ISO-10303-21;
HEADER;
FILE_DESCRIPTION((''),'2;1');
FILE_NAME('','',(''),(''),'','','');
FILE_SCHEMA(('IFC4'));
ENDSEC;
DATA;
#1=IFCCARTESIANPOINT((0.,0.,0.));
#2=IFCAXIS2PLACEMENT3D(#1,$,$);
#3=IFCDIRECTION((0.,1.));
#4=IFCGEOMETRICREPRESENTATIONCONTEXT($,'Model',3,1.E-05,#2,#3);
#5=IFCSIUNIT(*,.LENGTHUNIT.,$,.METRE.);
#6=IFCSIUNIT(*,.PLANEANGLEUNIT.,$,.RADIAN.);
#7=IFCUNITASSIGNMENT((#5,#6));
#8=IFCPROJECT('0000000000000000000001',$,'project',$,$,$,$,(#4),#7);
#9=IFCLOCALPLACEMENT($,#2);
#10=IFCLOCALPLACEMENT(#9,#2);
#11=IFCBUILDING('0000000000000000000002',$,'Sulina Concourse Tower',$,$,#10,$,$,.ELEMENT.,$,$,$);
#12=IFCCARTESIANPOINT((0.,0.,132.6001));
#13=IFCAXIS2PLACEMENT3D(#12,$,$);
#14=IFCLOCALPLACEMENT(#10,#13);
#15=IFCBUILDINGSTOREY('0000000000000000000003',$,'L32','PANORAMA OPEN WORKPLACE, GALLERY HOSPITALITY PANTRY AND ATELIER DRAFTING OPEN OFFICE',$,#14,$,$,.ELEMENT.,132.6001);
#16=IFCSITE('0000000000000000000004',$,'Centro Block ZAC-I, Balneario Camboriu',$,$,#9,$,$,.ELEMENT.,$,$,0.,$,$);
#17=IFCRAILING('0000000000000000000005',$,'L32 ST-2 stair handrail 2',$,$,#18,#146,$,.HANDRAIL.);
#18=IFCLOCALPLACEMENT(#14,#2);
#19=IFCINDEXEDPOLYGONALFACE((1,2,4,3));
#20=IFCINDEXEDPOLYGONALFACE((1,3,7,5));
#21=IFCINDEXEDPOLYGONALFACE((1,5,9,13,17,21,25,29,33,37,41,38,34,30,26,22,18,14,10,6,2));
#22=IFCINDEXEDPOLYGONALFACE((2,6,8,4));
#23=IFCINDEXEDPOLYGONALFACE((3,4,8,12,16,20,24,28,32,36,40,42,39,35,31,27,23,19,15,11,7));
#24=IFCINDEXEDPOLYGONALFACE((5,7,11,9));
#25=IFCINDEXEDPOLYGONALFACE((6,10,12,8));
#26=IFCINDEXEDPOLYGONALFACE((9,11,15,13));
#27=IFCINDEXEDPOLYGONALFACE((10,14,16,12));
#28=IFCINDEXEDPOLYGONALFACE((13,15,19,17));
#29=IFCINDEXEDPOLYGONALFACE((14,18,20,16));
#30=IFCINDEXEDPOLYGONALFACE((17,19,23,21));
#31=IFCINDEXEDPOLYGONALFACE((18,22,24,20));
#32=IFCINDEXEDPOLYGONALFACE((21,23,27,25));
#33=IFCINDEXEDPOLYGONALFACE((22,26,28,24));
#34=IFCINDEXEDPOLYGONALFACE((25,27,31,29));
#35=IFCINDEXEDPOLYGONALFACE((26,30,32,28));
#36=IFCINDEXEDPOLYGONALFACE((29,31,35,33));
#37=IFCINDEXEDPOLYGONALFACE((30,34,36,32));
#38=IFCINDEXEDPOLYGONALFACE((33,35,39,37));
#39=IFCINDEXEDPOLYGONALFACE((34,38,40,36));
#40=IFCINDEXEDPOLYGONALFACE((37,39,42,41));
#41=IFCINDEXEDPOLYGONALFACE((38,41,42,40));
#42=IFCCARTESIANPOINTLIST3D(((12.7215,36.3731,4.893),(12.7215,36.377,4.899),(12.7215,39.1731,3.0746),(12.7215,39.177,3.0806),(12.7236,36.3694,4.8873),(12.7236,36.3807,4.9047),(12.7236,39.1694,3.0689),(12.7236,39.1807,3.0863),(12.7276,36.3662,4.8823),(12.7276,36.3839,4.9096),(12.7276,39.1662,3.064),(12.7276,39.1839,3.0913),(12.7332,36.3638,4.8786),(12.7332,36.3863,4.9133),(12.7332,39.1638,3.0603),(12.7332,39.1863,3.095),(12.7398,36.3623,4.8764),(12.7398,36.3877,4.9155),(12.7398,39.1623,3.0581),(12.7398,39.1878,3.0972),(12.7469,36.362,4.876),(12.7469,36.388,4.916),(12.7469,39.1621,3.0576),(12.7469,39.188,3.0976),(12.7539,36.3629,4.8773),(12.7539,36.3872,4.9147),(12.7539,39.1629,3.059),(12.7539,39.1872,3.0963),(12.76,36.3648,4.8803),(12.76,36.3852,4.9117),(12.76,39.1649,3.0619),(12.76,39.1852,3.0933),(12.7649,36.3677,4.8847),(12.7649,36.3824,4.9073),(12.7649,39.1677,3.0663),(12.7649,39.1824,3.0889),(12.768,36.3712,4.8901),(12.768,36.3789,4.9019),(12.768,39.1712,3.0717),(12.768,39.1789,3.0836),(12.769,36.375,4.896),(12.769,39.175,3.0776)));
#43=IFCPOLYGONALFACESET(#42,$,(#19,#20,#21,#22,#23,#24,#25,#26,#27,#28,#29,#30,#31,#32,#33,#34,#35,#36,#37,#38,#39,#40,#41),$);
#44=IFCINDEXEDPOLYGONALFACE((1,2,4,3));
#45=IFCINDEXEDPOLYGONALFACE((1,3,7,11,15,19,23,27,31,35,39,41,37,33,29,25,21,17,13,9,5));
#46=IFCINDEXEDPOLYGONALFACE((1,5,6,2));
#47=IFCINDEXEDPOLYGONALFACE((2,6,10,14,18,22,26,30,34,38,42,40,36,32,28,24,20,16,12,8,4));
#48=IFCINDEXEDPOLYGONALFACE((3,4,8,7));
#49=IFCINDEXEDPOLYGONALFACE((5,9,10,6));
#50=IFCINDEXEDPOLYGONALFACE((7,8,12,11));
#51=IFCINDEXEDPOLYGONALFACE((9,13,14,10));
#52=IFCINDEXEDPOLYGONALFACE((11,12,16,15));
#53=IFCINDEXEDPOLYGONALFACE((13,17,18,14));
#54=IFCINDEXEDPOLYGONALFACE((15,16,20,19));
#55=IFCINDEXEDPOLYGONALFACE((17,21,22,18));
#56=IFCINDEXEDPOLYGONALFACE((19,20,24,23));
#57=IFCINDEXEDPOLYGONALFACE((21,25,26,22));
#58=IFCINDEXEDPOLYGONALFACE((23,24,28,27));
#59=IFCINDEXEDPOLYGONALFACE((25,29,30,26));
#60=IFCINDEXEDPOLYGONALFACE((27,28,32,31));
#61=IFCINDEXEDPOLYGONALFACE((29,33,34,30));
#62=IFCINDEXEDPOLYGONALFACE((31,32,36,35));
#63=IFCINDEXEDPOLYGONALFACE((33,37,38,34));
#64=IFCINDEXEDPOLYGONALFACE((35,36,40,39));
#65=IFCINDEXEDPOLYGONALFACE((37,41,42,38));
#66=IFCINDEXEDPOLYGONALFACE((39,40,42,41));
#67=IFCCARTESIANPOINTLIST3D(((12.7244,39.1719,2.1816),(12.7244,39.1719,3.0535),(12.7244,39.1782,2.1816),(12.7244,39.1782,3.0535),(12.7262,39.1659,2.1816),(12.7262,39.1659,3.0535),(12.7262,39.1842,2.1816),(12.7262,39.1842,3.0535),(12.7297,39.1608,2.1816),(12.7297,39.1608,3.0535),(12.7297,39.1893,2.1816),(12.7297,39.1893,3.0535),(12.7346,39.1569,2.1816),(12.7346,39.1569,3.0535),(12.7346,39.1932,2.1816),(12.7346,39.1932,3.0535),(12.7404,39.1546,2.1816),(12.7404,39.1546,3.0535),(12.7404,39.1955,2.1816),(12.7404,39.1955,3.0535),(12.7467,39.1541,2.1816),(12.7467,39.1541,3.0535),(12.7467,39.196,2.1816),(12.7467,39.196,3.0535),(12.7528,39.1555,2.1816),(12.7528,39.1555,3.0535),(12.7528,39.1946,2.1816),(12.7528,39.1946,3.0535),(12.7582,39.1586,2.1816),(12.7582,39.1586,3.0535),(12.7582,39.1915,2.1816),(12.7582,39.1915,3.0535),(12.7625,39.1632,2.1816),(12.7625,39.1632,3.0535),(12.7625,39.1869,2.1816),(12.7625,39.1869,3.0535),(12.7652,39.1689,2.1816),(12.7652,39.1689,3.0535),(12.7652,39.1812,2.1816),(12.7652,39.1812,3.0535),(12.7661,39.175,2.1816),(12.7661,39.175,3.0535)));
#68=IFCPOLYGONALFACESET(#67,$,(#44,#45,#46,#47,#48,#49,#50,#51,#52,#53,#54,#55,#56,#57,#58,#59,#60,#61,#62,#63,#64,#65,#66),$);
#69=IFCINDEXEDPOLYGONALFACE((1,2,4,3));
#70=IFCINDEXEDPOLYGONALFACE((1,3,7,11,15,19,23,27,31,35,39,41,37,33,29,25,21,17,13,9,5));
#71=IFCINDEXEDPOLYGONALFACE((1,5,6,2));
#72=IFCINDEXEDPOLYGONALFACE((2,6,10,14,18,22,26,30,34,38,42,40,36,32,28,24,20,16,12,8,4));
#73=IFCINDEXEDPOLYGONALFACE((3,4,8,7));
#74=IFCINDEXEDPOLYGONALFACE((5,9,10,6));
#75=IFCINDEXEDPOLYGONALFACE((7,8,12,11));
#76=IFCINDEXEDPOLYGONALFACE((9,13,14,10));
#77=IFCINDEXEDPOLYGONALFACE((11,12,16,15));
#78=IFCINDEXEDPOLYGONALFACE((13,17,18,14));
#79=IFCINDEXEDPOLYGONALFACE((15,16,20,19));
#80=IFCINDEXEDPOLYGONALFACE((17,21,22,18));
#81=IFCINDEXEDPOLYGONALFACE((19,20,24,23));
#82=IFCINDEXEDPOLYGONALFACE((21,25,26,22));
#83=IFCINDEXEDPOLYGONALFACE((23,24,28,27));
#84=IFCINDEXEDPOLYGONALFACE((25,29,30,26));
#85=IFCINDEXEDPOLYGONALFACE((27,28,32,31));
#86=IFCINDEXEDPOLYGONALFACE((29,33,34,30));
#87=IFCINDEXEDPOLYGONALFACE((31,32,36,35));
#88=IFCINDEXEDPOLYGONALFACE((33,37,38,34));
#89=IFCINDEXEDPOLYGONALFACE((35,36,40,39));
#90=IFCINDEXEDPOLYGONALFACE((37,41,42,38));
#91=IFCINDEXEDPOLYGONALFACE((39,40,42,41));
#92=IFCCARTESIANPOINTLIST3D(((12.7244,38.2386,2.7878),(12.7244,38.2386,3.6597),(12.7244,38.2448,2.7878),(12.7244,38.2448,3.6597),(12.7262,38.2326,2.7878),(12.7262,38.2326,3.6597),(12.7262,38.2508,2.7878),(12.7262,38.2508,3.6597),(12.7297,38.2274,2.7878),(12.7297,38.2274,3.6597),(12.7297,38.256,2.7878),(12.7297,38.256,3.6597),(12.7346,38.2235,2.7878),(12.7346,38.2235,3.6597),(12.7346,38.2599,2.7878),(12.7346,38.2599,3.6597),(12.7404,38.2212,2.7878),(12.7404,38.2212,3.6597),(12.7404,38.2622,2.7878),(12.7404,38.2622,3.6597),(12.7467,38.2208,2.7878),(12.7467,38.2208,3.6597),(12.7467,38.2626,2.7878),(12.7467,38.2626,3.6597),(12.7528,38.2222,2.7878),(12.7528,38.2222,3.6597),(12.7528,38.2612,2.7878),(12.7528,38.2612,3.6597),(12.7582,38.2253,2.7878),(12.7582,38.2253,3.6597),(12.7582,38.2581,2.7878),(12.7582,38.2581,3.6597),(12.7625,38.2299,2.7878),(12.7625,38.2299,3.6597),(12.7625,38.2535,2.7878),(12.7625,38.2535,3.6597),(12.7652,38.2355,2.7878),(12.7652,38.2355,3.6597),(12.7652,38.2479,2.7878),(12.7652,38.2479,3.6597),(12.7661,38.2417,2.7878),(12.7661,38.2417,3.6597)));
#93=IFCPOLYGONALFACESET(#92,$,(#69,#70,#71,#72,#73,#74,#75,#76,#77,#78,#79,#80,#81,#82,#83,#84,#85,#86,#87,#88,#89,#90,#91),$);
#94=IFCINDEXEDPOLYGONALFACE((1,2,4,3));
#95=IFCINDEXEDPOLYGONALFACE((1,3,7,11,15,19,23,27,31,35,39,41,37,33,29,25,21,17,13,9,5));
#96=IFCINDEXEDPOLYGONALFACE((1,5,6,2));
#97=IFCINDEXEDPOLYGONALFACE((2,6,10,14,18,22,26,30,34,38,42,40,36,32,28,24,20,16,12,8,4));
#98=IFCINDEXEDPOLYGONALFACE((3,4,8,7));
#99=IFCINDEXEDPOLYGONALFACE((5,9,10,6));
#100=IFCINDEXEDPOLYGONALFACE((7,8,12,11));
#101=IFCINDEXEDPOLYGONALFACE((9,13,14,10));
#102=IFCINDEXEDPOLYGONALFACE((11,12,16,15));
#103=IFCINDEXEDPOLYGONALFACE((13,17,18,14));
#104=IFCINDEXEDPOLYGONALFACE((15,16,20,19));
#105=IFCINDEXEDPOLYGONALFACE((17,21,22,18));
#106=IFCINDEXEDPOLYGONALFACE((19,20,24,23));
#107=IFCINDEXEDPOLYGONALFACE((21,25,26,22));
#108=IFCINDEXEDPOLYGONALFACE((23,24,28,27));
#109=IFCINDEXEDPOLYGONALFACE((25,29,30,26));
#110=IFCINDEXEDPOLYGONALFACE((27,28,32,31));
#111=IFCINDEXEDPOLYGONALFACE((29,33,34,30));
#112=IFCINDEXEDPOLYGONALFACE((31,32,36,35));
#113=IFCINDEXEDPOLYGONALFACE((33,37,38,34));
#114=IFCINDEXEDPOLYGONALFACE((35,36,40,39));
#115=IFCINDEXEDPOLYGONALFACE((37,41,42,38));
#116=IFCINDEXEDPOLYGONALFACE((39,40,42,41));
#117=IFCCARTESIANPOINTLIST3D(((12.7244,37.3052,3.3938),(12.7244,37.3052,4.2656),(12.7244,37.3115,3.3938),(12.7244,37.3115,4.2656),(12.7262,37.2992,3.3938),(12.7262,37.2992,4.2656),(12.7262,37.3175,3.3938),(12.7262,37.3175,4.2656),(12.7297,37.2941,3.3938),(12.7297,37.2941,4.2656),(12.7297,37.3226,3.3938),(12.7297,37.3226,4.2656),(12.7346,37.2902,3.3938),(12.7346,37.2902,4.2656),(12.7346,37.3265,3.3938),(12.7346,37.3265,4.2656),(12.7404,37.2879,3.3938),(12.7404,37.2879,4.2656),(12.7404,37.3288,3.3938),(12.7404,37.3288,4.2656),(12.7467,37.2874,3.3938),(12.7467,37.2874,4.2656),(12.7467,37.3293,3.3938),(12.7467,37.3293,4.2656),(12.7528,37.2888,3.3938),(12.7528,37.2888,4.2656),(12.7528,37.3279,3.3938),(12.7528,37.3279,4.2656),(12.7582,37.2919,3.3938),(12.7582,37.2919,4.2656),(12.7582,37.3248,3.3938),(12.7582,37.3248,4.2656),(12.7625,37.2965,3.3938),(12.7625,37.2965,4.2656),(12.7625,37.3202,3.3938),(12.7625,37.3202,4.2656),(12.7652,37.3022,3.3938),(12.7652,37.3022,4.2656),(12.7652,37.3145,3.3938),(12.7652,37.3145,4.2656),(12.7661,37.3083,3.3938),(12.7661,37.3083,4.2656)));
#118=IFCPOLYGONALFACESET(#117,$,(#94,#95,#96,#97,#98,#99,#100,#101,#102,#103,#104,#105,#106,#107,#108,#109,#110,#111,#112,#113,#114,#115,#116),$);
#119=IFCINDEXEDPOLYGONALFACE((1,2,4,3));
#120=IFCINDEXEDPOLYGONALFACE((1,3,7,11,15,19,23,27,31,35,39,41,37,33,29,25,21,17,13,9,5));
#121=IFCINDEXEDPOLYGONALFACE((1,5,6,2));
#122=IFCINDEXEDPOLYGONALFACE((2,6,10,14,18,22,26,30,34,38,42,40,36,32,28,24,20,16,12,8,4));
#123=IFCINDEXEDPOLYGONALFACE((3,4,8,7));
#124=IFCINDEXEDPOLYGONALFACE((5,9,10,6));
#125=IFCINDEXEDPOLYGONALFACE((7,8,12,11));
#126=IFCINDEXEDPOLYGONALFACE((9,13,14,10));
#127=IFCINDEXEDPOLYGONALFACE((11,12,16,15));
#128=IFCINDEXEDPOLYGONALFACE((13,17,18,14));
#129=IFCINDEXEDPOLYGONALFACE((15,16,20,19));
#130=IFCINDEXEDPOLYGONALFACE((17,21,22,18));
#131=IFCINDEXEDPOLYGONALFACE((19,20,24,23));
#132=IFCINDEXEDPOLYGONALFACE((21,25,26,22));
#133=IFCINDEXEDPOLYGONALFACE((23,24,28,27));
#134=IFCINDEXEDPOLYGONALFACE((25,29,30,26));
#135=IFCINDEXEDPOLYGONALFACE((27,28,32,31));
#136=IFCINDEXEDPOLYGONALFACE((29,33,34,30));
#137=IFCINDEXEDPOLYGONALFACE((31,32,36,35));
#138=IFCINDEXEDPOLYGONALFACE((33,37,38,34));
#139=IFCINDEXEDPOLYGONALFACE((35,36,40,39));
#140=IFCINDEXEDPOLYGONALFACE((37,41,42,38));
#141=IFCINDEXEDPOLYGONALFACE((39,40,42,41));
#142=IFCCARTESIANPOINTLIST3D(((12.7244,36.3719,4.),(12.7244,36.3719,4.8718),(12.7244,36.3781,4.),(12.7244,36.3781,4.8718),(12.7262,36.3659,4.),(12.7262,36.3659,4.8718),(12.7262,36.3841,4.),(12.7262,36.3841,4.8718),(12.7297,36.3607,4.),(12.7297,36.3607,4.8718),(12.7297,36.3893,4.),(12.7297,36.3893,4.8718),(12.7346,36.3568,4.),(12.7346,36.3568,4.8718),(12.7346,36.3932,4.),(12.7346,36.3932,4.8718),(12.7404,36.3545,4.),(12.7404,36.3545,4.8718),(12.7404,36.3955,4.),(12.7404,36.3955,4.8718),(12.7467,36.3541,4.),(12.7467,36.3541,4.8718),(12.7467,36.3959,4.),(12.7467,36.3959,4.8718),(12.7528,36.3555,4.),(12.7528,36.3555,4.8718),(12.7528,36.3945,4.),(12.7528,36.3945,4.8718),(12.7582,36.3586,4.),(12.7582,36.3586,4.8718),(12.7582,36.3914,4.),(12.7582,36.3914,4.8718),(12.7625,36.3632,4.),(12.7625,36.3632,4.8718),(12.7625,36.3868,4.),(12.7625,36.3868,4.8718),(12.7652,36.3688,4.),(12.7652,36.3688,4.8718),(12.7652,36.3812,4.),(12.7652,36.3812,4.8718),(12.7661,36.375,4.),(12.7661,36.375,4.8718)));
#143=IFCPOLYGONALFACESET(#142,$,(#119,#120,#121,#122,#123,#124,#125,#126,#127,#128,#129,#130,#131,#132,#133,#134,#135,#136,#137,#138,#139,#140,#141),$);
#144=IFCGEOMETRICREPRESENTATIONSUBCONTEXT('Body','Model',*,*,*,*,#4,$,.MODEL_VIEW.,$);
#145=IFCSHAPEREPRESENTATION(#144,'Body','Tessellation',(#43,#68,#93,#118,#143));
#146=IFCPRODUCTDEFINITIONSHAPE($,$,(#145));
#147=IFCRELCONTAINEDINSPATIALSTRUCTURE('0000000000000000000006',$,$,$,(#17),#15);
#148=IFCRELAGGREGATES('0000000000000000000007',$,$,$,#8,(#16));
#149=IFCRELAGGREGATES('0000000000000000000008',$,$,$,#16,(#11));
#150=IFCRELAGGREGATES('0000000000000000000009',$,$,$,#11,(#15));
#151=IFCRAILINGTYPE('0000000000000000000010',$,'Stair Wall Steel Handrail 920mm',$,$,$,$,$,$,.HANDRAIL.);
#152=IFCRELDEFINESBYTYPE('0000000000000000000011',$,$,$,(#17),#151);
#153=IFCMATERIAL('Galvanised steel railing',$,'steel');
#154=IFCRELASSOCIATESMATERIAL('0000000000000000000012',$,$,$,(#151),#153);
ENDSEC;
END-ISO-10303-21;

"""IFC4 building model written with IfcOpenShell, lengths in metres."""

from ifc_helpers import new_model, si_unit, direction, frame, origin, origin_2d, place, context, subcontext, project, spatial, circle, extrude, material, type_object, element, save


model = new_model("IFC4")

# Units and contexts
model_context = context("Model", 3, precision=1e-05, world=origin(), true_north=direction((0.0, 1.0)))
body_context = subcontext(model_context, "Body", "Model", "MODEL_VIEW")
ifc_project = project(units=[si_unit("LENGTHUNIT", "METRE"), si_unit("PLANEANGLEUNIT", "RADIAN")], contexts=[model_context])

# Site, building, storey
site_placement = place(None, origin())
site = spatial("IfcSite", under=ifc_project, at=site_placement, Name="Centro Block ZAC-I, Balneario Camboriu", CompositionType="ELEMENT", RefElevation=0.0)
building_placement = place(site_placement, origin())
building = spatial("IfcBuilding", under=site, at=building_placement, Name="Sulina Concourse Tower", CompositionType="ELEMENT")
storey_placement = place(building_placement, frame((0.0, 0.0, 132.6001)))
storey = spatial("IfcBuildingStorey", under=building, at=storey_placement, Name="L32", Description="PANORAMA OPEN WORKPLACE, GALLERY HOSPITALITY PANTRY AND ATELIER DRAFTING OPEN OFFICE", CompositionType="ELEMENT", Elevation=132.6001)

# Railing
ifc_material_1 = material(Name="Galvanised steel railing", Category="steel")
railing_type_1 = type_object("IfcRailingType", Name="Stair Wall Steel Handrail 920mm", PredefinedType="HANDRAIL", material=ifc_material_1)
railing_1_placement = place(storey_placement, frame((12.7451, 39.175, 2.1816)))
element("IfcRailing", 1, at=railing_1_placement, inside=storey, type_object=railing_type_1, Name="L32 ST-2 stair handrail 2", PredefinedType="HANDRAIL", context=body_context, shape_type="SweptSolid", body=[
    extrude(circle(Radius=0.0239, at=origin_2d()), frame((0.0, 0.0, 0.896), z_axis=(0.0, -0.838672, 0.544636), x_axis=(1.0, 0.0, 0.0)), (0.0, 0.0, 1.0), 3.3386),
    extrude(circle(Radius=0.021, at=origin_2d()), origin(), (0.0, 0.0, 1.0), 0.8718),
    extrude(circle(Radius=0.021, at=origin_2d()), frame((0.0, -0.9333, 0.6062)), (0.0, 0.0, 1.0), 0.8718),
    extrude(circle(Radius=0.021, at=origin_2d()), frame((0.0, -1.8667, 1.2122)), (0.0, 0.0, 1.0), 0.8718),
    extrude(circle(Radius=0.021, at=origin_2d()), frame((0.0, -2.8, 1.8184)), (0.0, 0.0, 1.0), 0.8718),
])

save(model, "model.ifc")
